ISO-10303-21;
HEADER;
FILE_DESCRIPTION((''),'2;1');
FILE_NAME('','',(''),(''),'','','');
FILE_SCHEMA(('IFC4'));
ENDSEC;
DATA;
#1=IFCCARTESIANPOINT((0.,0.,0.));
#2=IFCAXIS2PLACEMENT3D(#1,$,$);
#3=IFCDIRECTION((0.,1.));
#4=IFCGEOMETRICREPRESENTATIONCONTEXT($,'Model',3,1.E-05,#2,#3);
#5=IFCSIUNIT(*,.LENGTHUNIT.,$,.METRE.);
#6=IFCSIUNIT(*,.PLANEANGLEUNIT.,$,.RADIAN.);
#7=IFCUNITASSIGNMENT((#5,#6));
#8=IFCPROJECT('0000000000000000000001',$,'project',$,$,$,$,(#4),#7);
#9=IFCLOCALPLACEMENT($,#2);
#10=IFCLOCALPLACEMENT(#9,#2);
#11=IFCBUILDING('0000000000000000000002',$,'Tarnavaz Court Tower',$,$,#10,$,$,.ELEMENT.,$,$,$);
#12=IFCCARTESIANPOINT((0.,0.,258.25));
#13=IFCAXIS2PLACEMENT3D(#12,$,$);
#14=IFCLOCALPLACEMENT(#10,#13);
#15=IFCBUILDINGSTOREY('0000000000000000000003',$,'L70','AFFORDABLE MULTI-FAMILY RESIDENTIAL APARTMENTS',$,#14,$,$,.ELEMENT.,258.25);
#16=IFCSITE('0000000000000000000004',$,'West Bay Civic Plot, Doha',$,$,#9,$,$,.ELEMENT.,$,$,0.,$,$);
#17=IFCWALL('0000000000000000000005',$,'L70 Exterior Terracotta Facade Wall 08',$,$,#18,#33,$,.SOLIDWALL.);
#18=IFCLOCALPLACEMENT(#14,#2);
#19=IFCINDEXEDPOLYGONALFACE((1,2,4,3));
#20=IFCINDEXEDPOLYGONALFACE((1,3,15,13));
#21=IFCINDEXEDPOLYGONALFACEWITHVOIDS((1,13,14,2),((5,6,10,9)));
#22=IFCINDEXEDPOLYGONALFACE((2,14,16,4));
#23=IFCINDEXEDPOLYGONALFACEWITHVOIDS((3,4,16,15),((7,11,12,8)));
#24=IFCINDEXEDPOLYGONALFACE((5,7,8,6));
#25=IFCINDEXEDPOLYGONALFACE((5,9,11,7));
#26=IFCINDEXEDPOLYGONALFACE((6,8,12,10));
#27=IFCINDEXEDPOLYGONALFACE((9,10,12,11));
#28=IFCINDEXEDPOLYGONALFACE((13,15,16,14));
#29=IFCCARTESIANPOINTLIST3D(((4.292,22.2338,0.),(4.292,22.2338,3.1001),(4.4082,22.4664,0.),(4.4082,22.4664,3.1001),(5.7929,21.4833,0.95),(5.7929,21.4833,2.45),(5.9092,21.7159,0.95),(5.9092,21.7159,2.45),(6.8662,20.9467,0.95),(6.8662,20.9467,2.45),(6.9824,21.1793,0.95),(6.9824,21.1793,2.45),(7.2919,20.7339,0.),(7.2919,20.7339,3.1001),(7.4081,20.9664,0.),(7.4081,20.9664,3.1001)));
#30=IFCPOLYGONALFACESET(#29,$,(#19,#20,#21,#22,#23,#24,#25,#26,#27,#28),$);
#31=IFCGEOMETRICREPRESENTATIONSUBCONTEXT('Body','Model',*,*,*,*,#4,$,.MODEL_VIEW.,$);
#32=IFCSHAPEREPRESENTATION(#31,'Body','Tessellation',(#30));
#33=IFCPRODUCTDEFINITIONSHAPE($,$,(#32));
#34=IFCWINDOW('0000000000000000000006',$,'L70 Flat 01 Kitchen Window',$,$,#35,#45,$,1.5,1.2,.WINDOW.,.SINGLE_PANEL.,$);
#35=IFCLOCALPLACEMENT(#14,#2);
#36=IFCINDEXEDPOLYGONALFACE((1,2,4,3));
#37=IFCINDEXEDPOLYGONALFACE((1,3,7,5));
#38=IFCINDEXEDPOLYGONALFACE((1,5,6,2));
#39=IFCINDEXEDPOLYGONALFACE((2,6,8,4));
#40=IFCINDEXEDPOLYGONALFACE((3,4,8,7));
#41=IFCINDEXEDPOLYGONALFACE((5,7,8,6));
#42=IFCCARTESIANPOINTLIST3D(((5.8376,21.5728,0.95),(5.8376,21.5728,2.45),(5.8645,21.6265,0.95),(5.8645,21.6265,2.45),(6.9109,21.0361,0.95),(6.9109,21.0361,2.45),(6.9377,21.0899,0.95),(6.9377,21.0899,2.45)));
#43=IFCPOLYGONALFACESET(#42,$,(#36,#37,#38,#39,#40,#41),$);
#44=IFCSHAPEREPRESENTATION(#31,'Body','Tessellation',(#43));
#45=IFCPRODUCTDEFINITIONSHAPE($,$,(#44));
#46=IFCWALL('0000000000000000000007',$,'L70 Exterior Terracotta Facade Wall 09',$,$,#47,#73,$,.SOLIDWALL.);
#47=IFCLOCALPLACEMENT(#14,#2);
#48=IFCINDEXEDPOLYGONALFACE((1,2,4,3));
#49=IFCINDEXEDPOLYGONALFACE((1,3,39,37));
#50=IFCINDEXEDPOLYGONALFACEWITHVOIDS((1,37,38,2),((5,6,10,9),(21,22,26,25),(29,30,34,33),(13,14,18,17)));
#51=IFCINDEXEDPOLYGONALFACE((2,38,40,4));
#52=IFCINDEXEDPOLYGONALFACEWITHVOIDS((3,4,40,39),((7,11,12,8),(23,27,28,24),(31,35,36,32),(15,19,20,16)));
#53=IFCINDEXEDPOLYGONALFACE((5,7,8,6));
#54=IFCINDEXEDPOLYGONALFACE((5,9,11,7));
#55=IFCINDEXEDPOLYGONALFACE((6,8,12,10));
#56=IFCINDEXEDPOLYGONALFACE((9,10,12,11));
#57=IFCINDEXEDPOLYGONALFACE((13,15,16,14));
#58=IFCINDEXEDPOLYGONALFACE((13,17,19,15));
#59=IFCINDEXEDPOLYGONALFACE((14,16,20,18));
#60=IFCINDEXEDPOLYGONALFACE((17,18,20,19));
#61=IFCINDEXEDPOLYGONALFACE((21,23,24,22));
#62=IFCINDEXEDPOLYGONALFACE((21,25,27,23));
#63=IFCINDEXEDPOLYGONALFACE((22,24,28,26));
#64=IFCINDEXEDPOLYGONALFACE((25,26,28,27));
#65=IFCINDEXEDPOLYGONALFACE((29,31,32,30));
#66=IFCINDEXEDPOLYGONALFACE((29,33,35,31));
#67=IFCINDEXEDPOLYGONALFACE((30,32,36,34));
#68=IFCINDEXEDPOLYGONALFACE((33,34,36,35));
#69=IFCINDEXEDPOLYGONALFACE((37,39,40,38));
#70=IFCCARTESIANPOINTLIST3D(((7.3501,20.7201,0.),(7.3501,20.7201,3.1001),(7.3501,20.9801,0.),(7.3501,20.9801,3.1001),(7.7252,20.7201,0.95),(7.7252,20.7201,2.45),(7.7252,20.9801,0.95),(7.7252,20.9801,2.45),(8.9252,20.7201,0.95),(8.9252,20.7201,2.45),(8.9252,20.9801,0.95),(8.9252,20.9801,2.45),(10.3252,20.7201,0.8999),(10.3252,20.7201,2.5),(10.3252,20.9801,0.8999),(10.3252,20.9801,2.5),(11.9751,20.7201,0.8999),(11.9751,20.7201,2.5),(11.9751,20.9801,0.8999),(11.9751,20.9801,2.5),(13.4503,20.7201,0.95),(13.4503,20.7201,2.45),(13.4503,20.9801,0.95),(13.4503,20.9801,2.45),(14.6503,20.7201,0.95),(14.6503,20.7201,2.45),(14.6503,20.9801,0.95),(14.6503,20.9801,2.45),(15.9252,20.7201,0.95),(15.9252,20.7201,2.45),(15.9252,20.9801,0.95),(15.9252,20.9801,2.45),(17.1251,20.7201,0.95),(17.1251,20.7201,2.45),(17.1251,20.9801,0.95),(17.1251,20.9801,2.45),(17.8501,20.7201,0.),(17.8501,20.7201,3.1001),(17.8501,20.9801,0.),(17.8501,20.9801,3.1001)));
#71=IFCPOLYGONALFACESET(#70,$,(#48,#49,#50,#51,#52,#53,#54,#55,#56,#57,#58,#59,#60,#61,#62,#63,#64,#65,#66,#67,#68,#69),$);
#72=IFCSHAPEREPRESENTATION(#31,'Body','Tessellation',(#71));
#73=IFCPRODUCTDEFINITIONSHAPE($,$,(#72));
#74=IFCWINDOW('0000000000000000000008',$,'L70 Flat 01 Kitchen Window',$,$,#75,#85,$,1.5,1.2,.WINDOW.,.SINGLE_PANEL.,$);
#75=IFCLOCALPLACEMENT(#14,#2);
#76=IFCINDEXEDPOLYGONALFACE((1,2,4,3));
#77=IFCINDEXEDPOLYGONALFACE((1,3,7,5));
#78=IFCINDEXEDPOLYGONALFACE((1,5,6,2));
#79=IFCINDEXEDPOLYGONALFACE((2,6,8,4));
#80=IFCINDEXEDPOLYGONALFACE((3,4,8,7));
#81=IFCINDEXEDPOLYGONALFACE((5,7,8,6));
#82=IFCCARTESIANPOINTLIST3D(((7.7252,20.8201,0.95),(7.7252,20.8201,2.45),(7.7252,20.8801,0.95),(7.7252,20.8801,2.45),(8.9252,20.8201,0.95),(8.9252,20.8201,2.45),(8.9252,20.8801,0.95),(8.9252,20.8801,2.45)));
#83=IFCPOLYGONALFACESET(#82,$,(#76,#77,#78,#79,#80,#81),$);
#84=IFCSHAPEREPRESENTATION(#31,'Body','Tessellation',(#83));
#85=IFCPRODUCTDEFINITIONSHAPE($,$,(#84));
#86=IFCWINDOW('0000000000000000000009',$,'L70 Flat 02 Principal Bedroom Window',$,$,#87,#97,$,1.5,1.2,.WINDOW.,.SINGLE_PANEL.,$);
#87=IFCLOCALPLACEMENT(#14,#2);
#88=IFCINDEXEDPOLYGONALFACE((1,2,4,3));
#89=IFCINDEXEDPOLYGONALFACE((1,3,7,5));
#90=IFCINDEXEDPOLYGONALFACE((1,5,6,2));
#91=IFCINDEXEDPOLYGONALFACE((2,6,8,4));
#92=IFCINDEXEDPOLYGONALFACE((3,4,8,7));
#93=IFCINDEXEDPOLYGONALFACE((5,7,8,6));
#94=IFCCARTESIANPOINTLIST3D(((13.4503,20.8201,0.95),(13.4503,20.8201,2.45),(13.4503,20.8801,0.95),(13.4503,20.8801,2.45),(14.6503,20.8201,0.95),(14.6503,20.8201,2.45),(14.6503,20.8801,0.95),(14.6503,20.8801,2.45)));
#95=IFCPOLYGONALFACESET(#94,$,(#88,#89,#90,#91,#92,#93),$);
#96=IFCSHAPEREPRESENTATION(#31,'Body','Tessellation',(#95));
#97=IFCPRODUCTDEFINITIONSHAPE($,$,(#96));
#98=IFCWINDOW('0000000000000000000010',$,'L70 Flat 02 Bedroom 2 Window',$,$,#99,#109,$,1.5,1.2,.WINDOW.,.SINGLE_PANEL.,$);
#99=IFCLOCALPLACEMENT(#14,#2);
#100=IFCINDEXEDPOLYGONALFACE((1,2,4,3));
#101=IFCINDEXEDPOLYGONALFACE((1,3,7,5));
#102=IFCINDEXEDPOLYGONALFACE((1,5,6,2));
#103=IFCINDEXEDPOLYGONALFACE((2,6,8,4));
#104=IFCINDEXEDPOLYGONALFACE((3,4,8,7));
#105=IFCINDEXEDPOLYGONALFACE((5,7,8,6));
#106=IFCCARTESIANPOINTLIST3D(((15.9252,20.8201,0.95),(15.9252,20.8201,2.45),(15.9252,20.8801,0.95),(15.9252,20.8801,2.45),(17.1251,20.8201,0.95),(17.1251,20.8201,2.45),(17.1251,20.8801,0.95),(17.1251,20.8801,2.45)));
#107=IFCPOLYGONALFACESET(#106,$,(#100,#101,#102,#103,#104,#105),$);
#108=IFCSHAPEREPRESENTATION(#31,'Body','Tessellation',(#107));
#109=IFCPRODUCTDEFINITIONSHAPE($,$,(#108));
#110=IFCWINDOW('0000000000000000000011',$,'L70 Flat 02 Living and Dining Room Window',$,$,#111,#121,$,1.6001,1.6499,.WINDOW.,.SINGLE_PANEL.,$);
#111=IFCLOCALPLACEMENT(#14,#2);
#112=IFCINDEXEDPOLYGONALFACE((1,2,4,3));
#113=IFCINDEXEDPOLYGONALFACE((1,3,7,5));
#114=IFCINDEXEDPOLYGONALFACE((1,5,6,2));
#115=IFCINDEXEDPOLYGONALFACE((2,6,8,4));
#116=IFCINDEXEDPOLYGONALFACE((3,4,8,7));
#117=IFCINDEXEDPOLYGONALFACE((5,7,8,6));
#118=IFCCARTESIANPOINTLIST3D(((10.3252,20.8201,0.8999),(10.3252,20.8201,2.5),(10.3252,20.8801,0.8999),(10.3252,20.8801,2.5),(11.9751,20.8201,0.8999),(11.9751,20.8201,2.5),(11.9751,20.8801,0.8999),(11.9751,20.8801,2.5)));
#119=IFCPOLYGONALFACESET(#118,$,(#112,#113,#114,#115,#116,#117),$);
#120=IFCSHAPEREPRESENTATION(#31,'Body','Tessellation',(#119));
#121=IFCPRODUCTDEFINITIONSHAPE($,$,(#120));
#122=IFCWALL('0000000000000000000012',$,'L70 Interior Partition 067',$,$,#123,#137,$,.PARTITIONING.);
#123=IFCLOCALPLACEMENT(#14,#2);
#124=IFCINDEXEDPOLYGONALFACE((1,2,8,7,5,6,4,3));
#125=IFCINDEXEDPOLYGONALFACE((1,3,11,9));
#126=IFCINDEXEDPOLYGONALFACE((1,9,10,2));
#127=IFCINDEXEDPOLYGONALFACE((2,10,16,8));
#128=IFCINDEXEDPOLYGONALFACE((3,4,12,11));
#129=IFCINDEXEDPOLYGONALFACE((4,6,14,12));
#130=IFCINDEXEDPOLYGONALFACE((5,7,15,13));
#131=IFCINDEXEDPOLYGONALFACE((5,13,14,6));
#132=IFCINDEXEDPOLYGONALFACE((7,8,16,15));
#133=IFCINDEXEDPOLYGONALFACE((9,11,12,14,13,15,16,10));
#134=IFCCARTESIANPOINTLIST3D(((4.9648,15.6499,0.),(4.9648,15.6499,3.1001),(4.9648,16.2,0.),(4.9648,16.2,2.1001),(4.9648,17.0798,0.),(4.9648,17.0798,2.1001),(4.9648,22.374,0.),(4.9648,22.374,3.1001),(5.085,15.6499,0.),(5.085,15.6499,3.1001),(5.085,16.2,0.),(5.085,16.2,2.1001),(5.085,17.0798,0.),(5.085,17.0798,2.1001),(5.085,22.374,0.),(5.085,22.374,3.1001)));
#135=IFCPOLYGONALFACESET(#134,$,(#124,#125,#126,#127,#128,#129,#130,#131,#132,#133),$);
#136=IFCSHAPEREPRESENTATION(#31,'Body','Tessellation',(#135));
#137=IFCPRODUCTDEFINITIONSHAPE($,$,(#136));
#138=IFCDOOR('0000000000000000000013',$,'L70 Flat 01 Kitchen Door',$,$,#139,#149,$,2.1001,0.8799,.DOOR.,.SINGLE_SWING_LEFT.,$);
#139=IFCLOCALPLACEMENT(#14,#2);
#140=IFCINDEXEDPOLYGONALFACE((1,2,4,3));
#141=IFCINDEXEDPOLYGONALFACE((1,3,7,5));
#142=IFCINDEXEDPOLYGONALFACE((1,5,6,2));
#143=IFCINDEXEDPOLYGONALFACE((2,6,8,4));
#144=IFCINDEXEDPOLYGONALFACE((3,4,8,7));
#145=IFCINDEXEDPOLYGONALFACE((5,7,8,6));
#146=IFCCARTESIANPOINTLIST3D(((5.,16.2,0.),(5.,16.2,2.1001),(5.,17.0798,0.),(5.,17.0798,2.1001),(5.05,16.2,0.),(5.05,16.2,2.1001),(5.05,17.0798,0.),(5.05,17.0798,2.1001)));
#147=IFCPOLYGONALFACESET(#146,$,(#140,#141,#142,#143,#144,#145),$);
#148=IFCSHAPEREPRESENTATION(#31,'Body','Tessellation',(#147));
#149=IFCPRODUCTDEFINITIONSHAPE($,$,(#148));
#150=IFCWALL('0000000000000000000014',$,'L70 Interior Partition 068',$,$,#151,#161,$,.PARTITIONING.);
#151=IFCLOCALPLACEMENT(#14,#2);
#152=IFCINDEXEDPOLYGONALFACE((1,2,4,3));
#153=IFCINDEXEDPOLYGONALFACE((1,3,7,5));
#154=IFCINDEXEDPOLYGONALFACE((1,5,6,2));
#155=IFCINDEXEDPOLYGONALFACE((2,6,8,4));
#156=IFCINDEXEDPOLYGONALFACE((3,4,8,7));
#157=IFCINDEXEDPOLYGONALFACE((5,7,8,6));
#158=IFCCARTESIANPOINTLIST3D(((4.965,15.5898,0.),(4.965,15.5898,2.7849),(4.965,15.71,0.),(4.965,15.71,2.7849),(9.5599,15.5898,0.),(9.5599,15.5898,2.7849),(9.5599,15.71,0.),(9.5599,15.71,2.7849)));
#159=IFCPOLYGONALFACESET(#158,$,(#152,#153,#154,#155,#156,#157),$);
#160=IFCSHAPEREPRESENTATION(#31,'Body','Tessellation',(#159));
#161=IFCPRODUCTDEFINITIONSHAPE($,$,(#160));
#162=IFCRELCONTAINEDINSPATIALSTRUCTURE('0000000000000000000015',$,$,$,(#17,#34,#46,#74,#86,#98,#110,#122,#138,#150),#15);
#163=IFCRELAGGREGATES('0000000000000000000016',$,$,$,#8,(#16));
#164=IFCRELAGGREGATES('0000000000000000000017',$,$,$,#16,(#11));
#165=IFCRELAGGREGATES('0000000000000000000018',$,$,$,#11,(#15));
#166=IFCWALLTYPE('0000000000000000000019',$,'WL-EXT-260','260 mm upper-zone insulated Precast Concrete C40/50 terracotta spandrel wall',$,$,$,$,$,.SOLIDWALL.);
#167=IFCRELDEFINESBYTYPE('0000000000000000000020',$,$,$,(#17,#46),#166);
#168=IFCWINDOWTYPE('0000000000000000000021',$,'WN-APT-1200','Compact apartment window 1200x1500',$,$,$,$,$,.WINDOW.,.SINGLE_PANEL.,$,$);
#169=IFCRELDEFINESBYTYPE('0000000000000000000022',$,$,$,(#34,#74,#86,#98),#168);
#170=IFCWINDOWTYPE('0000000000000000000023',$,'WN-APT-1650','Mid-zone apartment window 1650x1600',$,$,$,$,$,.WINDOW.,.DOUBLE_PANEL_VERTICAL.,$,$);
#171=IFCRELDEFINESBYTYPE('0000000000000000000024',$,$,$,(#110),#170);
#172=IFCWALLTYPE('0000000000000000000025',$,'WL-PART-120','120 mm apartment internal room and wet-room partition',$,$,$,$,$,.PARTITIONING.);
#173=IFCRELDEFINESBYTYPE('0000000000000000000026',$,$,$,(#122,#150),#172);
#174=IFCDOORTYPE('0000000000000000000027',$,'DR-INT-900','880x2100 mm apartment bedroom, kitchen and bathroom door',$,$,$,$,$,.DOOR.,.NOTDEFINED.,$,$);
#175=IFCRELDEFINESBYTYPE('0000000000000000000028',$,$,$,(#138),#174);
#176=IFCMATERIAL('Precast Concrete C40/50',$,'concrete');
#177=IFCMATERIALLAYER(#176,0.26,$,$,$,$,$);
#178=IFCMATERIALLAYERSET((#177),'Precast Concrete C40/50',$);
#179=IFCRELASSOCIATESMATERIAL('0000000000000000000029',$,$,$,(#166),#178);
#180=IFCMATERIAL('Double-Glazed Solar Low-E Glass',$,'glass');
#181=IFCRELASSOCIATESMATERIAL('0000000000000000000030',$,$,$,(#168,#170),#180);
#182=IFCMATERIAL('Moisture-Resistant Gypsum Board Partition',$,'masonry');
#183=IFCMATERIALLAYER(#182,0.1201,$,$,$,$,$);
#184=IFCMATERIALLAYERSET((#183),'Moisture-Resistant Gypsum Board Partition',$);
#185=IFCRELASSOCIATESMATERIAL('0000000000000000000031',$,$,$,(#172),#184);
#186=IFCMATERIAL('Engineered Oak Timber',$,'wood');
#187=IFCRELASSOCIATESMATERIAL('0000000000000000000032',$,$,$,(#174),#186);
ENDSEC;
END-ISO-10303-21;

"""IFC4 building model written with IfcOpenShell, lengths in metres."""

from ifc_helpers import new_model, si_unit, direction, frame, frame_2d, origin, place, context, subcontext, project, spatial, rectangle, extrude, material, layer, layer_set, type_object, element, fill, save


model = new_model("IFC4")

# Units and contexts
model_context = context("Model", 3, precision=1e-05, world=origin(), true_north=direction((0.0, 1.0)))
body_context = subcontext(model_context, "Body", "Model", "MODEL_VIEW")
ifc_project = project(units=[si_unit("LENGTHUNIT", "METRE"), si_unit("PLANEANGLEUNIT", "RADIAN")], contexts=[model_context])

# Site, building, storey
site_placement = place(None, origin())
site = spatial("IfcSite", under=ifc_project, at=site_placement, Name="West Bay Civic Plot, Doha", CompositionType="ELEMENT", RefElevation=0.0)
building_placement = place(site_placement, origin())
building = spatial("IfcBuilding", under=site, at=building_placement, Name="Tarnavaz Court Tower", CompositionType="ELEMENT")
storey_placement = place(building_placement, frame((0.0, 0.0, 258.25)))
storey = spatial("IfcBuildingStorey", under=building, at=storey_placement, Name="L70", Description="AFFORDABLE MULTI-FAMILY RESIDENTIAL APARTMENTS", CompositionType="ELEMENT", Elevation=258.25)

# Shared definitions
ifc_material_1 = material(Name="Double-Glazed Solar Low-E Glass", Category="glass")

# Wall, opening, window
ifc_material_2 = material(Name="Precast Concrete C40/50", Category="concrete")
ifc_layer_1 = layer(ifc_material_2, 0.26)
ifc_layer_set_1 = layer_set([ifc_layer_1], Name="Precast Concrete C40/50")
wall_type_1 = type_object("IfcWallType", Name="WL-EXT-260", Description="260 mm upper-zone insulated Precast Concrete C40/50 terracotta spandrel wall", PredefinedType="SOLIDWALL", material=ifc_layer_set_1)
wall_1_placement = place(storey_placement, frame((4.3501, 22.3501, 0.0), z_axis=(0.0, 0.0, 1.0), x_axis=(0.894427, -0.447214, 0.0)))
wall_1 = element("IfcWall", 1, at=wall_1_placement, inside=storey, type_object=wall_type_1, Name="L70 Exterior Terracotta Facade Wall 08", PredefinedType="SOLIDWALL", context=body_context, shape_type="SweptSolid", body=[
    extrude(rectangle(XDim=3.354, YDim=0.26, at=frame_2d((1.677, 0.0))), origin(), (0.0, 0.0, 1.0), 3.1001),
])
opening_1_placement = place(wall_1_placement, frame((1.678, 0.0, 0.95)))
opening_1 = element("IfcOpeningElement", 2, at=opening_1_placement, cuts=wall_1, PredefinedType="OPENING", context=body_context, shape_type="SweptSolid", body=[
    extrude(rectangle(XDim=1.2, YDim=1.5, at=frame_2d((0.6001, 0.75))), frame((0.0, 0.1399, 0.0), z_axis=(0.0, -1.0, 0.0), x_axis=(1.0, 0.0, 0.0)), (0.0, 0.0, 1.0), 0.28),
])
window_type_1 = type_object("IfcWindowType", Name="WN-APT-1200", Description="Compact apartment window 1200x1500", PartitioningType="SINGLE_PANEL", PredefinedType="WINDOW", material=ifc_material_1)
window_1_placement = place(opening_1_placement, origin())
window_1 = element("IfcWindow", 3, at=window_1_placement, inside=storey, type_object=window_type_1, Name="L70 Flat 01 Kitchen Window", OverallHeight=1.5, OverallWidth=1.2, PartitioningType="SINGLE_PANEL", PredefinedType="WINDOW", context=body_context, shape_type="SweptSolid", body=[
    extrude(rectangle(XDim=1.2, YDim=1.5, at=frame_2d((0.6001, 0.75))), frame((0.0, 0.03, 0.0), z_axis=(0.0, -1.0, 0.0), x_axis=(1.0, 0.0, 0.0)), (0.0, 0.0, 1.0), 0.0601),
])
fill(opening_1, window_1)

# Wall, openings, windows
wall_2_placement = place(storey_placement, frame((7.3501, 20.8501, 0.0), z_axis=(0.0, 0.0, 1.0), x_axis=(1.0, 0.0, 0.0)))
wall_2 = element("IfcWall", 4, at=wall_2_placement, inside=storey, type_object=wall_type_1, Name="L70 Exterior Terracotta Facade Wall 09", PredefinedType="SOLIDWALL", context=body_context, shape_type="SweptSolid", body=[
    extrude(rectangle(XDim=10.5, YDim=0.26, at=frame_2d((5.25, 0.0))), origin(), (0.0, 0.0, 1.0), 3.1001),
])
opening_2_placement = place(wall_2_placement, frame((0.375, 0.0, 0.95)))
opening_2 = element("IfcOpeningElement", 5, at=opening_2_placement, cuts=wall_2, PredefinedType="OPENING", context=body_context, shape_type="SweptSolid", body=[
    extrude(rectangle(XDim=1.2, YDim=1.5, at=frame_2d((0.6001, 0.75))), frame((0.0, 0.1399, 0.0), z_axis=(0.0, -1.0, 0.0), x_axis=(1.0, 0.0, 0.0)), (0.0, 0.0, 1.0), 0.28),
])
opening_3_placement = place(wall_2_placement, frame((2.9751, 0.0, 0.8999)))
opening_3 = element("IfcOpeningElement", 6, at=opening_3_placement, cuts=wall_2, PredefinedType="OPENING", context=body_context, shape_type="SweptSolid", body=[
    extrude(rectangle(XDim=1.6499, YDim=1.6001, at=frame_2d((0.825, 0.8))), frame((0.0, 0.1399, 0.0), z_axis=(0.0, -1.0, 0.0), x_axis=(1.0, 0.0, 0.0)), (0.0, 0.0, 1.0), 0.28),
])
opening_4_placement = place(wall_2_placement, frame((6.1001, 0.0, 0.95)))
opening_4 = element("IfcOpeningElement", 7, at=opening_4_placement, cuts=wall_2, PredefinedType="OPENING", context=body_context, shape_type="SweptSolid", body=[
    extrude(rectangle(XDim=1.2, YDim=1.5, at=frame_2d((0.6001, 0.75))), frame((0.0, 0.1399, 0.0), z_axis=(0.0, -1.0, 0.0), x_axis=(1.0, 0.0, 0.0)), (0.0, 0.0, 1.0), 0.28),
])
opening_5_placement = place(wall_2_placement, frame((8.575, 0.0, 0.95)))
opening_5 = element("IfcOpeningElement", 8, at=opening_5_placement, cuts=wall_2, PredefinedType="OPENING", context=body_context, shape_type="SweptSolid", body=[
    extrude(rectangle(XDim=1.2, YDim=1.5, at=frame_2d((0.6001, 0.75))), frame((0.0, 0.1399, 0.0), z_axis=(0.0, -1.0, 0.0), x_axis=(1.0, 0.0, 0.0)), (0.0, 0.0, 1.0), 0.28),
])
window_2_placement = place(opening_2_placement, origin())
window_2 = element("IfcWindow", 9, at=window_2_placement, inside=storey, type_object=window_type_1, Name="L70 Flat 01 Kitchen Window", OverallHeight=1.5, OverallWidth=1.2, PartitioningType="SINGLE_PANEL", PredefinedType="WINDOW", context=body_context, shape_type="SweptSolid", body=[
    extrude(rectangle(XDim=1.2, YDim=1.5, at=frame_2d((0.6001, 0.75))), frame((0.0, 0.03, 0.0), z_axis=(0.0, -1.0, 0.0), x_axis=(1.0, 0.0, 0.0)), (0.0, 0.0, 1.0), 0.0601),
])
fill(opening_2, window_2)
window_3_placement = place(opening_4_placement, origin())
window_3 = element("IfcWindow", 10, at=window_3_placement, inside=storey, type_object=window_type_1, Name="L70 Flat 02 Principal Bedroom Window", OverallHeight=1.5, OverallWidth=1.2, PartitioningType="SINGLE_PANEL", PredefinedType="WINDOW", context=body_context, shape_type="SweptSolid", body=[
    extrude(rectangle(XDim=1.2, YDim=1.5, at=frame_2d((0.6001, 0.75))), frame((0.0, 0.03, 0.0), z_axis=(0.0, -1.0, 0.0), x_axis=(1.0, 0.0, 0.0)), (0.0, 0.0, 1.0), 0.0601),
])
fill(opening_4, window_3)
window_4_placement = place(opening_5_placement, origin())
window_4 = element("IfcWindow", 11, at=window_4_placement, inside=storey, type_object=window_type_1, Name="L70 Flat 02 Bedroom 2 Window", OverallHeight=1.5, OverallWidth=1.2, PartitioningType="SINGLE_PANEL", PredefinedType="WINDOW", context=body_context, shape_type="SweptSolid", body=[
    extrude(rectangle(XDim=1.2, YDim=1.5, at=frame_2d((0.6001, 0.75))), frame((0.0, 0.03, 0.0), z_axis=(0.0, -1.0, 0.0), x_axis=(1.0, 0.0, 0.0)), (0.0, 0.0, 1.0), 0.0601),
])
fill(opening_5, window_4)
window_type_2 = type_object("IfcWindowType", Name="WN-APT-1650", Description="Mid-zone apartment window 1650x1600", PartitioningType="DOUBLE_PANEL_VERTICAL", PredefinedType="WINDOW", material=ifc_material_1)
window_5_placement = place(opening_3_placement, origin())
window_5 = element("IfcWindow", 12, at=window_5_placement, inside=storey, type_object=window_type_2, Name="L70 Flat 02 Living and Dining Room Window", OverallHeight=1.6001, OverallWidth=1.6499, PartitioningType="SINGLE_PANEL", PredefinedType="WINDOW", context=body_context, shape_type="SweptSolid", body=[
    extrude(rectangle(XDim=1.6499, YDim=1.6001, at=frame_2d((0.825, 0.8))), frame((0.0, 0.03, 0.0), z_axis=(0.0, -1.0, 0.0), x_axis=(1.0, 0.0, 0.0)), (0.0, 0.0, 1.0), 0.0601),
])
fill(opening_3, window_5)

# Wall, opening, door
ifc_material_3 = material(Name="Moisture-Resistant Gypsum Board Partition", Category="masonry")
ifc_layer_2 = layer(ifc_material_3, 0.1201)
ifc_layer_set_2 = layer_set([ifc_layer_2], Name="Moisture-Resistant Gypsum Board Partition")
wall_type_2 = type_object("IfcWallType", Name="WL-PART-120", Description="120 mm apartment internal room and wet-room partition", PredefinedType="PARTITIONING", material=ifc_layer_set_2)
wall_3_placement = place(storey_placement, frame((5.0249, 15.6499, 0.0), z_axis=(0.0, 0.0, 1.0), x_axis=(0.0, 1.0, 0.0)))
wall_3 = element("IfcWall", 13, at=wall_3_placement, inside=storey, type_object=wall_type_2, Name="L70 Interior Partition 067", PredefinedType="PARTITIONING", context=body_context, shape_type="SweptSolid", body=[
    extrude(rectangle(XDim=6.7241, YDim=0.1201, at=frame_2d((3.3621, 0.0))), origin(), (0.0, 0.0, 1.0), 3.1001),
])
opening_6_placement = place(wall_3_placement, frame((0.55, 0.0, 0.0)))
opening_6 = element("IfcOpeningElement", 14, at=opening_6_placement, cuts=wall_3, PredefinedType="OPENING", context=body_context, shape_type="SweptSolid", body=[
    extrude(rectangle(XDim=0.8799, YDim=2.1001, at=frame_2d((0.4399, 1.05))), frame((0.0, 0.0701, 0.0), z_axis=(0.0, -1.0, 0.0), x_axis=(1.0, 0.0, 0.0)), (0.0, 0.0, 1.0), 0.1401),
])
ifc_material_4 = material(Name="Engineered Oak Timber", Category="wood")
door_type = type_object("IfcDoorType", Name="DR-INT-900", Description="880x2100 mm apartment bedroom, kitchen and bathroom door", OperationType="NOTDEFINED", PredefinedType="DOOR", material=ifc_material_4)
door_placement = place(opening_6_placement, origin())
door = element("IfcDoor", 15, at=door_placement, inside=storey, type_object=door_type, Name="L70 Flat 01 Kitchen Door", OperationType="SINGLE_SWING_LEFT", OverallHeight=2.1001, OverallWidth=0.8799, PredefinedType="DOOR", context=body_context, shape_type="SweptSolid", body=[
    extrude(rectangle(XDim=0.8799, YDim=2.1001, at=frame_2d((0.4399, 1.05))), frame((0.0, 0.0249, 0.0), z_axis=(0.0, -1.0, 0.0), x_axis=(1.0, 0.0, 0.0)), (0.0, 0.0, 1.0), 0.05),
])
fill(opening_6, door)

# Wall
wall_4_placement = place(storey_placement, frame((4.9651, 15.6499, 0.0), z_axis=(0.0, 0.0, 1.0), x_axis=(1.0, 0.0, 0.0)))
element("IfcWall", 16, at=wall_4_placement, inside=storey, type_object=wall_type_2, Name="L70 Interior Partition 068", PredefinedType="PARTITIONING", context=body_context, shape_type="SweptSolid", body=[
    extrude(rectangle(XDim=4.595, YDim=0.1201, at=frame_2d((2.2974, 0.0))), origin(), (0.0, 0.0, 1.0), 2.7849),
])

save(model, "model.ifc")
